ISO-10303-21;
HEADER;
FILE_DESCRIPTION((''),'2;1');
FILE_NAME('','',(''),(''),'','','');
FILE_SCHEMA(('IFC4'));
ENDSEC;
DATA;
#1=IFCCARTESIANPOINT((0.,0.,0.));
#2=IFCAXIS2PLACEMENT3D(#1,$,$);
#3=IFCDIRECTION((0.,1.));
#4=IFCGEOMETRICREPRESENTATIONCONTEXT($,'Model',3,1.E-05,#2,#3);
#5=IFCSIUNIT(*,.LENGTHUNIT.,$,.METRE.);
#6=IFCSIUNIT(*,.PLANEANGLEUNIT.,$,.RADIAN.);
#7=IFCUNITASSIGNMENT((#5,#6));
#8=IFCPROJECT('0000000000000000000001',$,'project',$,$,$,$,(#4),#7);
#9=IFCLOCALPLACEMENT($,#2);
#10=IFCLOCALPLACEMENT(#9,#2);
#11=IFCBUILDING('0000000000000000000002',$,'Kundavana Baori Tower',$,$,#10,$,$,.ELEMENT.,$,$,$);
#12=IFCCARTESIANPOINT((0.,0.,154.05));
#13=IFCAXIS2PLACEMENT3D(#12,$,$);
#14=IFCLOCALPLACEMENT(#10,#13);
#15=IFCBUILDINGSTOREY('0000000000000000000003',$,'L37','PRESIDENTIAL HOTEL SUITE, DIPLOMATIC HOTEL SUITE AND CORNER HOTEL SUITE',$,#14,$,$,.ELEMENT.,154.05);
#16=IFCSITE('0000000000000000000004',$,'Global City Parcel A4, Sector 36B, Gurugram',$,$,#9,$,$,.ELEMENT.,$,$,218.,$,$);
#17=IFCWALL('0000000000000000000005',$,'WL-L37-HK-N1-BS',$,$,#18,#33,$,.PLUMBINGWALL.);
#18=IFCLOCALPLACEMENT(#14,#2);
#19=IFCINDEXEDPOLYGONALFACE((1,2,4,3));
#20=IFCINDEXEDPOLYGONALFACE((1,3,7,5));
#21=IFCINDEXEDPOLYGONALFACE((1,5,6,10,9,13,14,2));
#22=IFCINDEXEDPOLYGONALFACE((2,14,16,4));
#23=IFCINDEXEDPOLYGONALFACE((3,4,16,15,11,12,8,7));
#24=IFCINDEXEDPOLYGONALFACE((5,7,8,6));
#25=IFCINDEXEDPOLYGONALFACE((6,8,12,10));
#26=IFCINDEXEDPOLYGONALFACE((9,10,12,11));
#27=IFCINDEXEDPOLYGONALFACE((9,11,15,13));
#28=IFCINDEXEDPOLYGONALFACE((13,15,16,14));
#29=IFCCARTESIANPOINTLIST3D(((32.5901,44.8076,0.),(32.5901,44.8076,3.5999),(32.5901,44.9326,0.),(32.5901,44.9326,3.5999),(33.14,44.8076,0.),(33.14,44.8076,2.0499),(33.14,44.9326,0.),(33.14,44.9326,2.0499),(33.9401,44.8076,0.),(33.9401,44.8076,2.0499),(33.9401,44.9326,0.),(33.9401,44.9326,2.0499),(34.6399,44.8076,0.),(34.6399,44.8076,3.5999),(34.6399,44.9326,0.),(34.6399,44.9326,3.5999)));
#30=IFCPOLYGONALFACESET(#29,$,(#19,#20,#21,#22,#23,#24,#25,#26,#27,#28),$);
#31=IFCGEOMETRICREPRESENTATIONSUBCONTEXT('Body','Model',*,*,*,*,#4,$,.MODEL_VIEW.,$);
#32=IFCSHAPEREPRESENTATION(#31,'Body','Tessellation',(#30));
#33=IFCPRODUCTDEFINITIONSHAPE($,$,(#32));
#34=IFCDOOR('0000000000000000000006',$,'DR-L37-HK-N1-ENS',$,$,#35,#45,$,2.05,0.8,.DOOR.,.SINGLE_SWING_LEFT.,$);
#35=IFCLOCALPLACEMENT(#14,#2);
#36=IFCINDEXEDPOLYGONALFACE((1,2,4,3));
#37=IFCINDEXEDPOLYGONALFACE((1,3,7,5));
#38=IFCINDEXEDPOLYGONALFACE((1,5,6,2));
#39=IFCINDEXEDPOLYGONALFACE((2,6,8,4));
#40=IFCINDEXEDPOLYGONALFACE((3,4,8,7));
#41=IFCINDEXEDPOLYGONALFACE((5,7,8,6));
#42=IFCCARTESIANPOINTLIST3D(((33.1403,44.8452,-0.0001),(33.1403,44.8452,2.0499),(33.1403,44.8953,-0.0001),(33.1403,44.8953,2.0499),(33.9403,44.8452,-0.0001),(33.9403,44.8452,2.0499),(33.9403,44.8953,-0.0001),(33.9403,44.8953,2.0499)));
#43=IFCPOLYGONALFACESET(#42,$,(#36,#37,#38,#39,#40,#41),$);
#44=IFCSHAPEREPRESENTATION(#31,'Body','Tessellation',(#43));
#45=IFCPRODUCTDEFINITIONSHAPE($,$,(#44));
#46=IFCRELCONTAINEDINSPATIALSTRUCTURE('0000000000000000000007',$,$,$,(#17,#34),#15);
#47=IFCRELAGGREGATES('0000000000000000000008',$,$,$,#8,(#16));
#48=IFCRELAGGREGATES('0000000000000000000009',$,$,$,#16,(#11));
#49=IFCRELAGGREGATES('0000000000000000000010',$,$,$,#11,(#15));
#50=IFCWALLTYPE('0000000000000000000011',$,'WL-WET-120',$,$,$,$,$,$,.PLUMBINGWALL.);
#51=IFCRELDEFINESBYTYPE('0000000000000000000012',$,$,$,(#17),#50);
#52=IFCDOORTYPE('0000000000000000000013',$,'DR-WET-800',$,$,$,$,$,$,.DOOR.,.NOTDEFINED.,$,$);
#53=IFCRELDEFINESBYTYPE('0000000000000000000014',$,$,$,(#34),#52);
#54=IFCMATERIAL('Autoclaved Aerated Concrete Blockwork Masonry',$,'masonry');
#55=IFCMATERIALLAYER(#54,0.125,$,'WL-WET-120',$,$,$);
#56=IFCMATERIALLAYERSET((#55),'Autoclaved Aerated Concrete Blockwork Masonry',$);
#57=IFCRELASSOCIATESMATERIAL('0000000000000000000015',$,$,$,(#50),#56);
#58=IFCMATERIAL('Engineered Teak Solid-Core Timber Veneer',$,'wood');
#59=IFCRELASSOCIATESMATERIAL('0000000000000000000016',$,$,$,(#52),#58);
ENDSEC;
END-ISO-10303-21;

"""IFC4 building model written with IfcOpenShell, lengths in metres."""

from ifc_helpers import new_model, si_unit, direction, frame, frame_2d, origin, place, context, subcontext, project, spatial, rectangle, extrude, material, layer, layer_set, type_object, element, fill, save


model = new_model("IFC4")

# Units and contexts
model_context = context("Model", 3, precision=1e-05, world=origin(), true_north=direction((0.0, 1.0)))
body_context = subcontext(model_context, "Body", "Model", "MODEL_VIEW")
ifc_project = project(units=[si_unit("LENGTHUNIT", "METRE"), si_unit("PLANEANGLEUNIT", "RADIAN")], contexts=[model_context])

# Site, building, storey
site_placement = place(None, origin())
site = spatial("IfcSite", under=ifc_project, at=site_placement, Name="Global City Parcel A4, Sector 36B, Gurugram", CompositionType="ELEMENT", RefElevation=218.0)
building_placement = place(site_placement, origin())
building = spatial("IfcBuilding", under=site, at=building_placement, Name="Kundavana Baori Tower", CompositionType="ELEMENT")
storey_placement = place(building_placement, frame((0.0, 0.0, 154.05)))
storey = spatial("IfcBuildingStorey", under=building, at=storey_placement, Name="L37", Description="PRESIDENTIAL HOTEL SUITE, DIPLOMATIC HOTEL SUITE AND CORNER HOTEL SUITE", CompositionType="ELEMENT", Elevation=154.05)

# Shared definitions
ifc_material_1 = material(Name="Autoclaved Aerated Concrete Blockwork Masonry", Category="masonry")
ifc_layer_1 = layer(ifc_material_1, 0.125, Name="WL-WET-120")
ifc_layer_set_1 = layer_set([ifc_layer_1], Name="Autoclaved Aerated Concrete Blockwork Masonry")
wall_type_1 = type_object("IfcWallType", Name="WL-WET-120", PredefinedType="PLUMBINGWALL", material=ifc_layer_set_1)

# Wall, opening, door
wall_1_placement = place(storey_placement, frame((32.5901, 44.8701, 0.0), z_axis=(0.0, 0.0, 1.0), x_axis=(1.0, 0.0, 0.0)))
wall_1 = element("IfcWall", 1, at=wall_1_placement, inside=storey, type_object=wall_type_1, Name="WL-L37-HK-N1-BS", PredefinedType="PLUMBINGWALL", context=body_context, shape_type="SweptSolid", body=[
    extrude(rectangle(XDim=2.0498, YDim=0.125, at=frame_2d((1.0249, 0.0))), origin(), (0.0, 0.0, 1.0), 3.5999),
])
opening_placement = place(wall_1_placement, frame((0.55, 0.0, 0.0)))
opening = element("IfcOpeningElement", 2, at=opening_placement, cuts=wall_1, PredefinedType="OPENING", context=body_context, shape_type="SweptSolid", body=[
    extrude(rectangle(XDim=0.8, YDim=2.05, at=frame_2d((0.3999, 1.0249))), frame((0.0, 0.0725, 0.0), z_axis=(0.0, -1.0, 0.0), x_axis=(1.0, 0.0, 0.0)), (0.0, 0.0, 1.0), 0.145),
])
ifc_material_2 = material(Name="Engineered Teak Solid-Core Timber Veneer", Category="wood")
door_type = type_object("IfcDoorType", Name="DR-WET-800", OperationType="NOTDEFINED", PredefinedType="DOOR", material=ifc_material_2)
door_placement = place(opening_placement, frame((0.8, 0.0, 0.0), z_axis=(0.0, 0.0, 1.0), x_axis=(-1.0, 0.0, 0.0)))
door = element("IfcDoor", 3, at=door_placement, inside=storey, type_object=door_type, Name="DR-L37-HK-N1-ENS", OperationType="SINGLE_SWING_LEFT", OverallHeight=2.05, OverallWidth=0.8, PredefinedType="DOOR", context=body_context, shape_type="SweptSolid", body=[
    extrude(rectangle(XDim=0.8, YDim=2.05, at=frame_2d((0.3999, 1.0249))), frame((0.0, 0.0249, 0.0), z_axis=(0.0, -1.0, 0.0), x_axis=(1.0, 0.0, 0.0)), (0.0, 0.0, 1.0), 0.05),
])
fill(opening, door)

save(model, "model.ifc")
